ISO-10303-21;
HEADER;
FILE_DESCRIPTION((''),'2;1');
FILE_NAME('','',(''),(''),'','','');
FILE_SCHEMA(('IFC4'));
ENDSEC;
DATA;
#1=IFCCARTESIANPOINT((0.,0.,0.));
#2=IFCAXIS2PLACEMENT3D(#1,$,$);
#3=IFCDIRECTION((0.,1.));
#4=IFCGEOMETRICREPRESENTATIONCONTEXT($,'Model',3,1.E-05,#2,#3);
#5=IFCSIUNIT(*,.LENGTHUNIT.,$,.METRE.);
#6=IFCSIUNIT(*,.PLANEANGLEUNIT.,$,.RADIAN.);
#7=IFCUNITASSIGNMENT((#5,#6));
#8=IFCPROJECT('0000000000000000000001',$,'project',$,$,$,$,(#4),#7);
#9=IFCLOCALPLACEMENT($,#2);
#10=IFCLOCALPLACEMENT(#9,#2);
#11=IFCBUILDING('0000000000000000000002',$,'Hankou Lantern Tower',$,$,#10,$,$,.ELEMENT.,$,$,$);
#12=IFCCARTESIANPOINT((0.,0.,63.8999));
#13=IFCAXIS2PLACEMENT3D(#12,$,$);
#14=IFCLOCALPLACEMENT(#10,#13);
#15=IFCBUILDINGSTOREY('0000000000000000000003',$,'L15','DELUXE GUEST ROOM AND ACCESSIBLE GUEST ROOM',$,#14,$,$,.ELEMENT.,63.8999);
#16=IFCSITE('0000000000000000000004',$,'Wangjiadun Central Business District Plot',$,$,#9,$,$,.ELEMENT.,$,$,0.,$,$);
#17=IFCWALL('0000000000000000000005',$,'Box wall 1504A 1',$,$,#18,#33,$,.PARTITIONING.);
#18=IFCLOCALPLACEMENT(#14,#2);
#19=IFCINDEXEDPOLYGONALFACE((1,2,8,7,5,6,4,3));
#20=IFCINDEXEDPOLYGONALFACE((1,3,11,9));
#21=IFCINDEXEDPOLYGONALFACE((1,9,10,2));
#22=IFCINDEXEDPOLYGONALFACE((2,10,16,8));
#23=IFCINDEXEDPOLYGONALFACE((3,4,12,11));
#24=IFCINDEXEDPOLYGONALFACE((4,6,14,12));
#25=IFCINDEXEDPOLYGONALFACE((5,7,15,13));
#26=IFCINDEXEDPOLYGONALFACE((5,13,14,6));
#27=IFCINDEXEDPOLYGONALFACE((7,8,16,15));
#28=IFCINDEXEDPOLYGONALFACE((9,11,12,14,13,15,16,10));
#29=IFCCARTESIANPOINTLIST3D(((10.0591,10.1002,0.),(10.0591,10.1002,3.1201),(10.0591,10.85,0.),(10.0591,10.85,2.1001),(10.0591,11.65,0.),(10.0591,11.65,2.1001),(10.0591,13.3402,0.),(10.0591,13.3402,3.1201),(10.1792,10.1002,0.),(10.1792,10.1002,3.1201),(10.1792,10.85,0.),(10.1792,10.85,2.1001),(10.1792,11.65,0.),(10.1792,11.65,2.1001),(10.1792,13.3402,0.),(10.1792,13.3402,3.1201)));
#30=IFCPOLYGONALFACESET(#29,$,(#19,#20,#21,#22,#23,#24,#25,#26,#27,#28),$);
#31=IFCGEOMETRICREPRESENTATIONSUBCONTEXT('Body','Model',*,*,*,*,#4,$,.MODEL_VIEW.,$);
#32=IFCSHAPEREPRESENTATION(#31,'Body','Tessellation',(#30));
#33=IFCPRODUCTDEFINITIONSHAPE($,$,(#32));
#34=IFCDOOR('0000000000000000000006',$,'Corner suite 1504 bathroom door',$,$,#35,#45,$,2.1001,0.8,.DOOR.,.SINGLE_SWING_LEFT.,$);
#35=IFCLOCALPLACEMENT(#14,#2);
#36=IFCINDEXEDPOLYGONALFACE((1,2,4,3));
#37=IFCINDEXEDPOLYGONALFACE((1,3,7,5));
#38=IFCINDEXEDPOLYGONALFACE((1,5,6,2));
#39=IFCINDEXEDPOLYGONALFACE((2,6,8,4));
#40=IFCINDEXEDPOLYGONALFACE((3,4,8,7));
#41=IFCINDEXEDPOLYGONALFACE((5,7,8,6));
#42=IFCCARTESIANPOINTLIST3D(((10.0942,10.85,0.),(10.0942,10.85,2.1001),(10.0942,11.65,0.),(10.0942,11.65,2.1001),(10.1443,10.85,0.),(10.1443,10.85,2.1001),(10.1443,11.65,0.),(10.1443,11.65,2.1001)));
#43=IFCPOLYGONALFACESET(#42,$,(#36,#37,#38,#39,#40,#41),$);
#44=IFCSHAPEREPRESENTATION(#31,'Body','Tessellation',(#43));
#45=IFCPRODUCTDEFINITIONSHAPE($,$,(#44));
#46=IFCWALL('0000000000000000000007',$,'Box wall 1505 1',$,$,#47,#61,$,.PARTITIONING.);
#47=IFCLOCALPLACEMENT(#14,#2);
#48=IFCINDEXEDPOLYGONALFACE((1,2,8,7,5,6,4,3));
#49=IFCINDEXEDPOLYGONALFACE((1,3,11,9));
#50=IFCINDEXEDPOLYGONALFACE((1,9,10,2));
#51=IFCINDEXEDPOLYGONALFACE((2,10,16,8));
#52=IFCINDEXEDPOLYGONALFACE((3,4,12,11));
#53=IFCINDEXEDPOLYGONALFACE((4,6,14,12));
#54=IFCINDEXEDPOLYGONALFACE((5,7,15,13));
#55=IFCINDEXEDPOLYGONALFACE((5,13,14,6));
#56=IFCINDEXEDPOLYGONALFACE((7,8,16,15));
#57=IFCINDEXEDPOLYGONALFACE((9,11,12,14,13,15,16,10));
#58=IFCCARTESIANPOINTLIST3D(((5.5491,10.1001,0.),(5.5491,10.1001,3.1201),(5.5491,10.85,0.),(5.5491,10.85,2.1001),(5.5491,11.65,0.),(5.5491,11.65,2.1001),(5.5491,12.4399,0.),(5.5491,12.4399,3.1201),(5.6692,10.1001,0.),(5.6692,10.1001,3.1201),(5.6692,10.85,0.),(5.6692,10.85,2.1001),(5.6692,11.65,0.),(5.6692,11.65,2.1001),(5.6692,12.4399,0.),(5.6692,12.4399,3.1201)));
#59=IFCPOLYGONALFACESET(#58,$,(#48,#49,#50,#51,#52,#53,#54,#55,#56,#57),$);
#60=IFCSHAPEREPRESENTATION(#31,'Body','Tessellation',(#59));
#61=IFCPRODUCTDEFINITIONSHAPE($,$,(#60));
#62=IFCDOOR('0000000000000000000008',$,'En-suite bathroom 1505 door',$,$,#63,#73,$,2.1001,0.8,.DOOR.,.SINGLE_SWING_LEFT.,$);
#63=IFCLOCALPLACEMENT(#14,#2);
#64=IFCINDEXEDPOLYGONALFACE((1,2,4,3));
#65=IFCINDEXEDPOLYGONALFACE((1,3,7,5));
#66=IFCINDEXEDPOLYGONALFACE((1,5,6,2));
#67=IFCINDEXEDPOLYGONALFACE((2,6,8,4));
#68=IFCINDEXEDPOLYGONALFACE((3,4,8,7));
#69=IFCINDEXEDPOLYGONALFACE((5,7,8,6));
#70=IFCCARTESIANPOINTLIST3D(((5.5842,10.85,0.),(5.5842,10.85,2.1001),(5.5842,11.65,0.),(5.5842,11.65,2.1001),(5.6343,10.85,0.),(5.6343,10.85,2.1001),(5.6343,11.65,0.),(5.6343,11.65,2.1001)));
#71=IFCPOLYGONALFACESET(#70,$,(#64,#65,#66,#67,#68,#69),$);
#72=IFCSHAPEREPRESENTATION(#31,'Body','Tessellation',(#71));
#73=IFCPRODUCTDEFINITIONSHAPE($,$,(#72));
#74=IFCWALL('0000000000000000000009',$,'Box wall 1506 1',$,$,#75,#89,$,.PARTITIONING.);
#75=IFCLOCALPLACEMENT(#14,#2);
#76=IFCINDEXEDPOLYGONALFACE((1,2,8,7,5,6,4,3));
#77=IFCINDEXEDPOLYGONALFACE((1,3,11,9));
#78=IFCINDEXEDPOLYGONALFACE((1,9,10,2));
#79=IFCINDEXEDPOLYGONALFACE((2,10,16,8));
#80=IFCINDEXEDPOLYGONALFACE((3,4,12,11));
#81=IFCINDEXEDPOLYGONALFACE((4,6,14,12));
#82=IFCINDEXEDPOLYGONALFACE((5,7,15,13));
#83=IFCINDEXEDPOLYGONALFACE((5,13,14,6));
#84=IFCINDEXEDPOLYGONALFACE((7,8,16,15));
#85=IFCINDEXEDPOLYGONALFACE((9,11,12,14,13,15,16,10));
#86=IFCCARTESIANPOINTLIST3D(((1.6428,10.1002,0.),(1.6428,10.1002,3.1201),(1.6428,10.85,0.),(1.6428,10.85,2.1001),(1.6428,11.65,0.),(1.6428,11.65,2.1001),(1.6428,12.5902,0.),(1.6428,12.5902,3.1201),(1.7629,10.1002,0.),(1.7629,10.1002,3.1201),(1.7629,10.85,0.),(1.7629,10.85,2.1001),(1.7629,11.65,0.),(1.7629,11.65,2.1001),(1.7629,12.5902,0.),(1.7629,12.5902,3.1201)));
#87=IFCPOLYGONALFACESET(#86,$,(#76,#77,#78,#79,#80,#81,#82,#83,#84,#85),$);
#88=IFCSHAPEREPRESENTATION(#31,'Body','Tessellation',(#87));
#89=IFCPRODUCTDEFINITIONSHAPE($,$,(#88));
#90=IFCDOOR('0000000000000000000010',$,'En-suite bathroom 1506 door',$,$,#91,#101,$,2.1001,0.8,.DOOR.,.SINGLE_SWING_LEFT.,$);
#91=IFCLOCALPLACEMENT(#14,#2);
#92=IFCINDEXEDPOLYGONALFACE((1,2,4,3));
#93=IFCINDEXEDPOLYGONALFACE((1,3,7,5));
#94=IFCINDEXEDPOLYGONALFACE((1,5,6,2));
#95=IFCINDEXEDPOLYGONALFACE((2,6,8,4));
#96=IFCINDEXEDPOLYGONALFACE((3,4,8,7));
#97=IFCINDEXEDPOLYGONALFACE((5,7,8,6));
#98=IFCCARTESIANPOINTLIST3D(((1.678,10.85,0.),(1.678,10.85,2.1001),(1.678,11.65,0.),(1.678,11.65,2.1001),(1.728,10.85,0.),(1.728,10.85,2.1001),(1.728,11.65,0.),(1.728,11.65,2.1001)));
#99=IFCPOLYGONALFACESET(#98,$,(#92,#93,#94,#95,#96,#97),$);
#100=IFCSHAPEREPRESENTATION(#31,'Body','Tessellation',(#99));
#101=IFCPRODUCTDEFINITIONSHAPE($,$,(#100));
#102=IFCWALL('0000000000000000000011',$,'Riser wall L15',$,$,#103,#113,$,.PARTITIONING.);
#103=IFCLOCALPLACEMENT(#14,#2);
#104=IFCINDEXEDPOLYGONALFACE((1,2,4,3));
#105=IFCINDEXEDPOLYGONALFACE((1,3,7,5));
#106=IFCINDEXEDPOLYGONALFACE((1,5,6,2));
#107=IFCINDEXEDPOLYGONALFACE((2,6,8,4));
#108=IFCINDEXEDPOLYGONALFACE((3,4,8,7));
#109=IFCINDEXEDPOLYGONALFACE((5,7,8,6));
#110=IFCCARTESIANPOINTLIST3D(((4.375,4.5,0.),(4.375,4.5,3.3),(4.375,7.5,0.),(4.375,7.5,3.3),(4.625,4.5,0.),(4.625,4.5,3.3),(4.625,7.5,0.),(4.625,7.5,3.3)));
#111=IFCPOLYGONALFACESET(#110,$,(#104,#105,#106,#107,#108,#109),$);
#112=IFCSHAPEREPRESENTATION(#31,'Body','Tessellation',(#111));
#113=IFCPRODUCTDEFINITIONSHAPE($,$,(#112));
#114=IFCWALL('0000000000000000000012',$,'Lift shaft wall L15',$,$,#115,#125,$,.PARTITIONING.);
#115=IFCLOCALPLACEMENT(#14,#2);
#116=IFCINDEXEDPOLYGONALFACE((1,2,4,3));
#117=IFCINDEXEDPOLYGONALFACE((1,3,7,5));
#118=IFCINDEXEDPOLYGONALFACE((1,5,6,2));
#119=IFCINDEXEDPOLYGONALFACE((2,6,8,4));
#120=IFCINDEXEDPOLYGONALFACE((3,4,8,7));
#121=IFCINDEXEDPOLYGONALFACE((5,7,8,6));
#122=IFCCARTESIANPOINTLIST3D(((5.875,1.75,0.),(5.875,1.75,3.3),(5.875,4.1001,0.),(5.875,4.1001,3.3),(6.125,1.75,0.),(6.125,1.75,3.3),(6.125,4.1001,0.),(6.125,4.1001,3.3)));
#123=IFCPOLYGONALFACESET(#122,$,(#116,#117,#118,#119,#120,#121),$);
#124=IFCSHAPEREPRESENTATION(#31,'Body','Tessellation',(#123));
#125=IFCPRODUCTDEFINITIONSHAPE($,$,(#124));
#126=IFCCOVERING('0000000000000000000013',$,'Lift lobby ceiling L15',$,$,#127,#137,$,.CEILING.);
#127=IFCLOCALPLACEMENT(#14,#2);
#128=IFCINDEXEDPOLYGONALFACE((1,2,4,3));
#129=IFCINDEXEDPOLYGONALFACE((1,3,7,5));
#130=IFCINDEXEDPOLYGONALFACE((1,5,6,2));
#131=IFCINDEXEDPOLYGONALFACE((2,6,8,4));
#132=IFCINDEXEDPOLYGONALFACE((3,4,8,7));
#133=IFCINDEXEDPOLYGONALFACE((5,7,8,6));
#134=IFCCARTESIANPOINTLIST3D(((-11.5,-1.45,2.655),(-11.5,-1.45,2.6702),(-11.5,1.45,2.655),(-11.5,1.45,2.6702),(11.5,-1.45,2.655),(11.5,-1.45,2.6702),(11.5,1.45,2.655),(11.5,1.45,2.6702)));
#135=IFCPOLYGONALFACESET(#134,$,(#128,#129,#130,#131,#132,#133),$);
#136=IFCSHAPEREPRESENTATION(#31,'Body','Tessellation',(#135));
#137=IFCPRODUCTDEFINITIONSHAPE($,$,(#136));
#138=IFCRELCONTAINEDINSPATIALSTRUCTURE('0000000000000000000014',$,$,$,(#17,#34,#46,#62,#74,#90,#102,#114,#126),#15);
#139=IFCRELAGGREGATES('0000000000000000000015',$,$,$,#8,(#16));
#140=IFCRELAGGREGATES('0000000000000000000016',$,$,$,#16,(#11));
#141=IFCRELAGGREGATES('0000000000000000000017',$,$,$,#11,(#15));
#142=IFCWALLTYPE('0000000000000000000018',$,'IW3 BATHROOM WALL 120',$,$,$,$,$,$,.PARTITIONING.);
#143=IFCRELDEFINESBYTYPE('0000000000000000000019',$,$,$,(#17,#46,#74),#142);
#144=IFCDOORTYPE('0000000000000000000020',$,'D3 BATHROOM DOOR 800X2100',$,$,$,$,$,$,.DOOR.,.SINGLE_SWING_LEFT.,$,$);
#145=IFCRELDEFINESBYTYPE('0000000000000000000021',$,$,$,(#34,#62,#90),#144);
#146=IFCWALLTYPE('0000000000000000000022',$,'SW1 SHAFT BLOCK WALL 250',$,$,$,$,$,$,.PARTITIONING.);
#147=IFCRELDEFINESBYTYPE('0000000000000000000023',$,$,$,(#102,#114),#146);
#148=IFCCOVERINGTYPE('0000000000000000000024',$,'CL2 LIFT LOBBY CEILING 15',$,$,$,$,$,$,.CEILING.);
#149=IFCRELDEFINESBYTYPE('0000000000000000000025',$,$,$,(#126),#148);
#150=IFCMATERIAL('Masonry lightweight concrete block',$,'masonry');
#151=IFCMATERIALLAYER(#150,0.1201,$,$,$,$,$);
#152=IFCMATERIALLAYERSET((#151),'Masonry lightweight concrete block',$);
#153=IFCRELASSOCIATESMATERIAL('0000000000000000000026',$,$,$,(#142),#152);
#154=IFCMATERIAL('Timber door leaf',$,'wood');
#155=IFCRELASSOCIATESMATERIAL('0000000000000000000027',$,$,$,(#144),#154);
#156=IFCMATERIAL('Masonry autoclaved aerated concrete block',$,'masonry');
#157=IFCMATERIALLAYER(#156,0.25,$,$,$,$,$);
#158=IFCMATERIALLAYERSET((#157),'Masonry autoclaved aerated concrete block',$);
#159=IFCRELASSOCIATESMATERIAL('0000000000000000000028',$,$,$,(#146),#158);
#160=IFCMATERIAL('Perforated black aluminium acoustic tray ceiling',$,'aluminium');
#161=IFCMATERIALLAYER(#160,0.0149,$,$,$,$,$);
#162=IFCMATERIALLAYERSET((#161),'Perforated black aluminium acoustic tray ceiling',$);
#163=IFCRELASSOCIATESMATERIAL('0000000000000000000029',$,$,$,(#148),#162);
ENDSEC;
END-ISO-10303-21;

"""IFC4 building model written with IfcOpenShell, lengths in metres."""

from ifc_helpers import new_model, si_unit, direction, frame, frame_2d, origin, place, context, subcontext, project, spatial, polyline, rectangle, outline, extrude, material, layer, layer_set, type_object, element, fill, save


model = new_model("IFC4")

# Units and contexts
model_context = context("Model", 3, precision=1e-05, world=origin(), true_north=direction((0.0, 1.0)))
body_context = subcontext(model_context, "Body", "Model", "MODEL_VIEW")
ifc_project = project(units=[si_unit("LENGTHUNIT", "METRE"), si_unit("PLANEANGLEUNIT", "RADIAN")], contexts=[model_context])

# Site, building, storey
site_placement = place(None, origin())
site = spatial("IfcSite", under=ifc_project, at=site_placement, Name="Wangjiadun Central Business District Plot", CompositionType="ELEMENT", RefElevation=0.0)
building_placement = place(site_placement, origin())
building = spatial("IfcBuilding", under=site, at=building_placement, Name="Hankou Lantern Tower", CompositionType="ELEMENT")
storey_placement = place(building_placement, frame((0.0, 0.0, 63.8999)))
storey = spatial("IfcBuildingStorey", under=building, at=storey_placement, Name="L15", Description="DELUXE GUEST ROOM AND ACCESSIBLE GUEST ROOM", CompositionType="ELEMENT", Elevation=63.8999)

# Walls, openings, doors
ifc_material_1 = material(Name="Masonry lightweight concrete block", Category="masonry")
ifc_layer_1 = layer(ifc_material_1, 0.1201)
ifc_layer_set_1 = layer_set([ifc_layer_1], Name="Masonry lightweight concrete block")
wall_type_1 = type_object("IfcWallType", Name="IW3 BATHROOM WALL 120", PredefinedType="PARTITIONING", material=ifc_layer_set_1)
wall_1_placement = place(storey_placement, frame((10.1191, 10.1001, 0.0), z_axis=(0.0, 0.0, 1.0), x_axis=(0.0, 1.0, 0.0)))
wall_1 = element("IfcWall", 1, at=wall_1_placement, inside=storey, type_object=wall_type_1, Name="Box wall 1504A 1", PredefinedType="PARTITIONING", context=body_context, shape_type="SweptSolid", body=[
    extrude(rectangle(XDim=3.24, YDim=0.1201, at=frame_2d((1.6201, 0.0))), origin(), (0.0, 0.0, 1.0), 3.1201),
])
opening_1_placement = place(wall_1_placement, frame((0.75, 0.0, 0.0)))
opening_1 = element("IfcOpeningElement", 2, at=opening_1_placement, cuts=wall_1, PredefinedType="OPENING", context=body_context, shape_type="SweptSolid", body=[
    extrude(rectangle(XDim=0.8, YDim=2.1001, at=frame_2d((0.3999, 1.05))), frame((0.0, 0.0701, 0.0), z_axis=(0.0, -1.0, 0.0), x_axis=(1.0, 0.0, 0.0)), (0.0, 0.0, 1.0), 0.1401),
])
ifc_material_2 = material(Name="Timber door leaf", Category="wood")
door_type_1 = type_object("IfcDoorType", Name="D3 BATHROOM DOOR 800X2100", OperationType="SINGLE_SWING_LEFT", PredefinedType="DOOR", material=ifc_material_2)
door_1_placement = place(opening_1_placement, origin())
door_1 = element("IfcDoor", 3, at=door_1_placement, inside=storey, type_object=door_type_1, Name="Corner suite 1504 bathroom door", OperationType="SINGLE_SWING_LEFT", OverallHeight=2.1001, OverallWidth=0.8, PredefinedType="DOOR", context=body_context, shape_type="SweptSolid", body=[
    extrude(rectangle(XDim=0.8, YDim=2.1001, at=frame_2d((0.3999, 1.05))), frame((0.0, 0.0249, 0.0), z_axis=(0.0, -1.0, 0.0), x_axis=(1.0, 0.0, 0.0)), (0.0, 0.0, 1.0), 0.05),
])
fill(opening_1, door_1)
wall_2_placement = place(storey_placement, frame((5.6091, 10.1001, 0.0), z_axis=(0.0, 0.0, 1.0), x_axis=(0.0, 1.0, 0.0)))
wall_2 = element("IfcWall", 4, at=wall_2_placement, inside=storey, type_object=wall_type_1, Name="Box wall 1505 1", PredefinedType="PARTITIONING", context=body_context, shape_type="SweptSolid", body=[
    extrude(rectangle(XDim=2.3398, YDim=0.1201, at=frame_2d((1.1699, 0.0))), origin(), (0.0, 0.0, 1.0), 3.1201),
])
opening_2_placement = place(wall_2_placement, frame((0.75, 0.0, 0.0)))
opening_2 = element("IfcOpeningElement", 5, at=opening_2_placement, cuts=wall_2, PredefinedType="OPENING", context=body_context, shape_type="SweptSolid", body=[
    extrude(rectangle(XDim=0.8, YDim=2.1001, at=frame_2d((0.3999, 1.05))), frame((0.0, 0.0701, 0.0), z_axis=(0.0, -1.0, 0.0), x_axis=(1.0, 0.0, 0.0)), (0.0, 0.0, 1.0), 0.1401),
])
door_2_placement = place(opening_2_placement, origin())
door_2 = element("IfcDoor", 6, at=door_2_placement, inside=storey, type_object=door_type_1, Name="En-suite bathroom 1505 door", OperationType="SINGLE_SWING_LEFT", OverallHeight=2.1001, OverallWidth=0.8, PredefinedType="DOOR", context=body_context, shape_type="SweptSolid", body=[
    extrude(rectangle(XDim=0.8, YDim=2.1001, at=frame_2d((0.3999, 1.05))), frame((0.0, 0.0249, 0.0), z_axis=(0.0, -1.0, 0.0), x_axis=(1.0, 0.0, 0.0)), (0.0, 0.0, 1.0), 0.05),
])
fill(opening_2, door_2)
wall_3_placement = place(storey_placement, frame((1.7029, 10.1001, 0.0), z_axis=(0.0, 0.0, 1.0), x_axis=(0.0, 1.0, 0.0)))
wall_3 = element("IfcWall", 7, at=wall_3_placement, inside=storey, type_object=wall_type_1, Name="Box wall 1506 1", PredefinedType="PARTITIONING", context=body_context, shape_type="SweptSolid", body=[
    extrude(rectangle(XDim=2.49, YDim=0.1201, at=frame_2d((1.2451, 0.0))), origin(), (0.0, 0.0, 1.0), 3.1201),
])
opening_3_placement = place(wall_3_placement, frame((0.75, 0.0, 0.0)))
opening_3 = element("IfcOpeningElement", 8, at=opening_3_placement, cuts=wall_3, PredefinedType="OPENING", context=body_context, shape_type="SweptSolid", body=[
    extrude(rectangle(XDim=0.8, YDim=2.1001, at=frame_2d((0.3999, 1.05))), frame((0.0, 0.0701, 0.0), z_axis=(0.0, -1.0, 0.0), x_axis=(1.0, 0.0, 0.0)), (0.0, 0.0, 1.0), 0.1401),
])
door_3_placement = place(opening_3_placement, origin())
door_3 = element("IfcDoor", 9, at=door_3_placement, inside=storey, type_object=door_type_1, Name="En-suite bathroom 1506 door", OperationType="SINGLE_SWING_LEFT", OverallHeight=2.1001, OverallWidth=0.8, PredefinedType="DOOR", context=body_context, shape_type="SweptSolid", body=[
    extrude(rectangle(XDim=0.8, YDim=2.1001, at=frame_2d((0.3999, 1.05))), frame((0.0, 0.0249, 0.0), z_axis=(0.0, -1.0, 0.0), x_axis=(1.0, 0.0, 0.0)), (0.0, 0.0, 1.0), 0.05),
])
fill(opening_3, door_3)

# Walls
ifc_material_3 = material(Name="Masonry autoclaved aerated concrete block", Category="masonry")
ifc_layer_2 = layer(ifc_material_3, 0.25)
ifc_layer_set_2 = layer_set([ifc_layer_2], Name="Masonry autoclaved aerated concrete block")
wall_type_2 = type_object("IfcWallType", Name="SW1 SHAFT BLOCK WALL 250", PredefinedType="PARTITIONING", material=ifc_layer_set_2)
wall_4_placement = place(storey_placement, frame((4.5, 4.5, 0.0), z_axis=(0.0, 0.0, 1.0), x_axis=(0.0, 1.0, 0.0)))
element("IfcWall", 10, at=wall_4_placement, inside=storey, type_object=wall_type_2, Name="Riser wall L15", PredefinedType="PARTITIONING", context=body_context, shape_type="SweptSolid", body=[
    extrude(rectangle(XDim=3.0, YDim=0.25, at=frame_2d((1.5, 0.0))), origin(), (0.0, 0.0, 1.0), 3.3),
])
wall_5_placement = place(storey_placement, frame((6.0, 1.75, 0.0), z_axis=(0.0, 0.0, 1.0), x_axis=(0.0, 1.0, 0.0)))
element("IfcWall", 11, at=wall_5_placement, inside=storey, type_object=wall_type_2, Name="Lift shaft wall L15", PredefinedType="PARTITIONING", context=body_context, shape_type="SweptSolid", body=[
    extrude(rectangle(XDim=2.3501, YDim=0.25, at=frame_2d((1.175, 0.0))), origin(), (0.0, 0.0, 1.0), 3.3),
])

# Covering
ifc_material_4 = material(Name="Perforated black aluminium acoustic tray ceiling", Category="aluminium")
ifc_layer_3 = layer(ifc_material_4, 0.0149)
ifc_layer_set_3 = layer_set([ifc_layer_3], Name="Perforated black aluminium acoustic tray ceiling")
covering_type = type_object("IfcCoveringType", Name="CL2 LIFT LOBBY CEILING 15", PredefinedType="CEILING", material=ifc_layer_set_3)
covering_placement = place(storey_placement, frame((0.0, 0.0, 2.655)))
element("IfcCovering", 12, at=covering_placement, inside=storey, type_object=covering_type, Name="Lift lobby ceiling L15", PredefinedType="CEILING", context=body_context, shape_type="SweptSolid", body=[
    extrude(outline(polyline([(-11.5, -1.45), (11.5, -1.45), (11.5, 1.45), (-11.5, 1.45), (-11.5, -1.45)])), origin(), (0.0, 0.0, 1.0), 0.0151),
])

save(model, "model.ifc")
